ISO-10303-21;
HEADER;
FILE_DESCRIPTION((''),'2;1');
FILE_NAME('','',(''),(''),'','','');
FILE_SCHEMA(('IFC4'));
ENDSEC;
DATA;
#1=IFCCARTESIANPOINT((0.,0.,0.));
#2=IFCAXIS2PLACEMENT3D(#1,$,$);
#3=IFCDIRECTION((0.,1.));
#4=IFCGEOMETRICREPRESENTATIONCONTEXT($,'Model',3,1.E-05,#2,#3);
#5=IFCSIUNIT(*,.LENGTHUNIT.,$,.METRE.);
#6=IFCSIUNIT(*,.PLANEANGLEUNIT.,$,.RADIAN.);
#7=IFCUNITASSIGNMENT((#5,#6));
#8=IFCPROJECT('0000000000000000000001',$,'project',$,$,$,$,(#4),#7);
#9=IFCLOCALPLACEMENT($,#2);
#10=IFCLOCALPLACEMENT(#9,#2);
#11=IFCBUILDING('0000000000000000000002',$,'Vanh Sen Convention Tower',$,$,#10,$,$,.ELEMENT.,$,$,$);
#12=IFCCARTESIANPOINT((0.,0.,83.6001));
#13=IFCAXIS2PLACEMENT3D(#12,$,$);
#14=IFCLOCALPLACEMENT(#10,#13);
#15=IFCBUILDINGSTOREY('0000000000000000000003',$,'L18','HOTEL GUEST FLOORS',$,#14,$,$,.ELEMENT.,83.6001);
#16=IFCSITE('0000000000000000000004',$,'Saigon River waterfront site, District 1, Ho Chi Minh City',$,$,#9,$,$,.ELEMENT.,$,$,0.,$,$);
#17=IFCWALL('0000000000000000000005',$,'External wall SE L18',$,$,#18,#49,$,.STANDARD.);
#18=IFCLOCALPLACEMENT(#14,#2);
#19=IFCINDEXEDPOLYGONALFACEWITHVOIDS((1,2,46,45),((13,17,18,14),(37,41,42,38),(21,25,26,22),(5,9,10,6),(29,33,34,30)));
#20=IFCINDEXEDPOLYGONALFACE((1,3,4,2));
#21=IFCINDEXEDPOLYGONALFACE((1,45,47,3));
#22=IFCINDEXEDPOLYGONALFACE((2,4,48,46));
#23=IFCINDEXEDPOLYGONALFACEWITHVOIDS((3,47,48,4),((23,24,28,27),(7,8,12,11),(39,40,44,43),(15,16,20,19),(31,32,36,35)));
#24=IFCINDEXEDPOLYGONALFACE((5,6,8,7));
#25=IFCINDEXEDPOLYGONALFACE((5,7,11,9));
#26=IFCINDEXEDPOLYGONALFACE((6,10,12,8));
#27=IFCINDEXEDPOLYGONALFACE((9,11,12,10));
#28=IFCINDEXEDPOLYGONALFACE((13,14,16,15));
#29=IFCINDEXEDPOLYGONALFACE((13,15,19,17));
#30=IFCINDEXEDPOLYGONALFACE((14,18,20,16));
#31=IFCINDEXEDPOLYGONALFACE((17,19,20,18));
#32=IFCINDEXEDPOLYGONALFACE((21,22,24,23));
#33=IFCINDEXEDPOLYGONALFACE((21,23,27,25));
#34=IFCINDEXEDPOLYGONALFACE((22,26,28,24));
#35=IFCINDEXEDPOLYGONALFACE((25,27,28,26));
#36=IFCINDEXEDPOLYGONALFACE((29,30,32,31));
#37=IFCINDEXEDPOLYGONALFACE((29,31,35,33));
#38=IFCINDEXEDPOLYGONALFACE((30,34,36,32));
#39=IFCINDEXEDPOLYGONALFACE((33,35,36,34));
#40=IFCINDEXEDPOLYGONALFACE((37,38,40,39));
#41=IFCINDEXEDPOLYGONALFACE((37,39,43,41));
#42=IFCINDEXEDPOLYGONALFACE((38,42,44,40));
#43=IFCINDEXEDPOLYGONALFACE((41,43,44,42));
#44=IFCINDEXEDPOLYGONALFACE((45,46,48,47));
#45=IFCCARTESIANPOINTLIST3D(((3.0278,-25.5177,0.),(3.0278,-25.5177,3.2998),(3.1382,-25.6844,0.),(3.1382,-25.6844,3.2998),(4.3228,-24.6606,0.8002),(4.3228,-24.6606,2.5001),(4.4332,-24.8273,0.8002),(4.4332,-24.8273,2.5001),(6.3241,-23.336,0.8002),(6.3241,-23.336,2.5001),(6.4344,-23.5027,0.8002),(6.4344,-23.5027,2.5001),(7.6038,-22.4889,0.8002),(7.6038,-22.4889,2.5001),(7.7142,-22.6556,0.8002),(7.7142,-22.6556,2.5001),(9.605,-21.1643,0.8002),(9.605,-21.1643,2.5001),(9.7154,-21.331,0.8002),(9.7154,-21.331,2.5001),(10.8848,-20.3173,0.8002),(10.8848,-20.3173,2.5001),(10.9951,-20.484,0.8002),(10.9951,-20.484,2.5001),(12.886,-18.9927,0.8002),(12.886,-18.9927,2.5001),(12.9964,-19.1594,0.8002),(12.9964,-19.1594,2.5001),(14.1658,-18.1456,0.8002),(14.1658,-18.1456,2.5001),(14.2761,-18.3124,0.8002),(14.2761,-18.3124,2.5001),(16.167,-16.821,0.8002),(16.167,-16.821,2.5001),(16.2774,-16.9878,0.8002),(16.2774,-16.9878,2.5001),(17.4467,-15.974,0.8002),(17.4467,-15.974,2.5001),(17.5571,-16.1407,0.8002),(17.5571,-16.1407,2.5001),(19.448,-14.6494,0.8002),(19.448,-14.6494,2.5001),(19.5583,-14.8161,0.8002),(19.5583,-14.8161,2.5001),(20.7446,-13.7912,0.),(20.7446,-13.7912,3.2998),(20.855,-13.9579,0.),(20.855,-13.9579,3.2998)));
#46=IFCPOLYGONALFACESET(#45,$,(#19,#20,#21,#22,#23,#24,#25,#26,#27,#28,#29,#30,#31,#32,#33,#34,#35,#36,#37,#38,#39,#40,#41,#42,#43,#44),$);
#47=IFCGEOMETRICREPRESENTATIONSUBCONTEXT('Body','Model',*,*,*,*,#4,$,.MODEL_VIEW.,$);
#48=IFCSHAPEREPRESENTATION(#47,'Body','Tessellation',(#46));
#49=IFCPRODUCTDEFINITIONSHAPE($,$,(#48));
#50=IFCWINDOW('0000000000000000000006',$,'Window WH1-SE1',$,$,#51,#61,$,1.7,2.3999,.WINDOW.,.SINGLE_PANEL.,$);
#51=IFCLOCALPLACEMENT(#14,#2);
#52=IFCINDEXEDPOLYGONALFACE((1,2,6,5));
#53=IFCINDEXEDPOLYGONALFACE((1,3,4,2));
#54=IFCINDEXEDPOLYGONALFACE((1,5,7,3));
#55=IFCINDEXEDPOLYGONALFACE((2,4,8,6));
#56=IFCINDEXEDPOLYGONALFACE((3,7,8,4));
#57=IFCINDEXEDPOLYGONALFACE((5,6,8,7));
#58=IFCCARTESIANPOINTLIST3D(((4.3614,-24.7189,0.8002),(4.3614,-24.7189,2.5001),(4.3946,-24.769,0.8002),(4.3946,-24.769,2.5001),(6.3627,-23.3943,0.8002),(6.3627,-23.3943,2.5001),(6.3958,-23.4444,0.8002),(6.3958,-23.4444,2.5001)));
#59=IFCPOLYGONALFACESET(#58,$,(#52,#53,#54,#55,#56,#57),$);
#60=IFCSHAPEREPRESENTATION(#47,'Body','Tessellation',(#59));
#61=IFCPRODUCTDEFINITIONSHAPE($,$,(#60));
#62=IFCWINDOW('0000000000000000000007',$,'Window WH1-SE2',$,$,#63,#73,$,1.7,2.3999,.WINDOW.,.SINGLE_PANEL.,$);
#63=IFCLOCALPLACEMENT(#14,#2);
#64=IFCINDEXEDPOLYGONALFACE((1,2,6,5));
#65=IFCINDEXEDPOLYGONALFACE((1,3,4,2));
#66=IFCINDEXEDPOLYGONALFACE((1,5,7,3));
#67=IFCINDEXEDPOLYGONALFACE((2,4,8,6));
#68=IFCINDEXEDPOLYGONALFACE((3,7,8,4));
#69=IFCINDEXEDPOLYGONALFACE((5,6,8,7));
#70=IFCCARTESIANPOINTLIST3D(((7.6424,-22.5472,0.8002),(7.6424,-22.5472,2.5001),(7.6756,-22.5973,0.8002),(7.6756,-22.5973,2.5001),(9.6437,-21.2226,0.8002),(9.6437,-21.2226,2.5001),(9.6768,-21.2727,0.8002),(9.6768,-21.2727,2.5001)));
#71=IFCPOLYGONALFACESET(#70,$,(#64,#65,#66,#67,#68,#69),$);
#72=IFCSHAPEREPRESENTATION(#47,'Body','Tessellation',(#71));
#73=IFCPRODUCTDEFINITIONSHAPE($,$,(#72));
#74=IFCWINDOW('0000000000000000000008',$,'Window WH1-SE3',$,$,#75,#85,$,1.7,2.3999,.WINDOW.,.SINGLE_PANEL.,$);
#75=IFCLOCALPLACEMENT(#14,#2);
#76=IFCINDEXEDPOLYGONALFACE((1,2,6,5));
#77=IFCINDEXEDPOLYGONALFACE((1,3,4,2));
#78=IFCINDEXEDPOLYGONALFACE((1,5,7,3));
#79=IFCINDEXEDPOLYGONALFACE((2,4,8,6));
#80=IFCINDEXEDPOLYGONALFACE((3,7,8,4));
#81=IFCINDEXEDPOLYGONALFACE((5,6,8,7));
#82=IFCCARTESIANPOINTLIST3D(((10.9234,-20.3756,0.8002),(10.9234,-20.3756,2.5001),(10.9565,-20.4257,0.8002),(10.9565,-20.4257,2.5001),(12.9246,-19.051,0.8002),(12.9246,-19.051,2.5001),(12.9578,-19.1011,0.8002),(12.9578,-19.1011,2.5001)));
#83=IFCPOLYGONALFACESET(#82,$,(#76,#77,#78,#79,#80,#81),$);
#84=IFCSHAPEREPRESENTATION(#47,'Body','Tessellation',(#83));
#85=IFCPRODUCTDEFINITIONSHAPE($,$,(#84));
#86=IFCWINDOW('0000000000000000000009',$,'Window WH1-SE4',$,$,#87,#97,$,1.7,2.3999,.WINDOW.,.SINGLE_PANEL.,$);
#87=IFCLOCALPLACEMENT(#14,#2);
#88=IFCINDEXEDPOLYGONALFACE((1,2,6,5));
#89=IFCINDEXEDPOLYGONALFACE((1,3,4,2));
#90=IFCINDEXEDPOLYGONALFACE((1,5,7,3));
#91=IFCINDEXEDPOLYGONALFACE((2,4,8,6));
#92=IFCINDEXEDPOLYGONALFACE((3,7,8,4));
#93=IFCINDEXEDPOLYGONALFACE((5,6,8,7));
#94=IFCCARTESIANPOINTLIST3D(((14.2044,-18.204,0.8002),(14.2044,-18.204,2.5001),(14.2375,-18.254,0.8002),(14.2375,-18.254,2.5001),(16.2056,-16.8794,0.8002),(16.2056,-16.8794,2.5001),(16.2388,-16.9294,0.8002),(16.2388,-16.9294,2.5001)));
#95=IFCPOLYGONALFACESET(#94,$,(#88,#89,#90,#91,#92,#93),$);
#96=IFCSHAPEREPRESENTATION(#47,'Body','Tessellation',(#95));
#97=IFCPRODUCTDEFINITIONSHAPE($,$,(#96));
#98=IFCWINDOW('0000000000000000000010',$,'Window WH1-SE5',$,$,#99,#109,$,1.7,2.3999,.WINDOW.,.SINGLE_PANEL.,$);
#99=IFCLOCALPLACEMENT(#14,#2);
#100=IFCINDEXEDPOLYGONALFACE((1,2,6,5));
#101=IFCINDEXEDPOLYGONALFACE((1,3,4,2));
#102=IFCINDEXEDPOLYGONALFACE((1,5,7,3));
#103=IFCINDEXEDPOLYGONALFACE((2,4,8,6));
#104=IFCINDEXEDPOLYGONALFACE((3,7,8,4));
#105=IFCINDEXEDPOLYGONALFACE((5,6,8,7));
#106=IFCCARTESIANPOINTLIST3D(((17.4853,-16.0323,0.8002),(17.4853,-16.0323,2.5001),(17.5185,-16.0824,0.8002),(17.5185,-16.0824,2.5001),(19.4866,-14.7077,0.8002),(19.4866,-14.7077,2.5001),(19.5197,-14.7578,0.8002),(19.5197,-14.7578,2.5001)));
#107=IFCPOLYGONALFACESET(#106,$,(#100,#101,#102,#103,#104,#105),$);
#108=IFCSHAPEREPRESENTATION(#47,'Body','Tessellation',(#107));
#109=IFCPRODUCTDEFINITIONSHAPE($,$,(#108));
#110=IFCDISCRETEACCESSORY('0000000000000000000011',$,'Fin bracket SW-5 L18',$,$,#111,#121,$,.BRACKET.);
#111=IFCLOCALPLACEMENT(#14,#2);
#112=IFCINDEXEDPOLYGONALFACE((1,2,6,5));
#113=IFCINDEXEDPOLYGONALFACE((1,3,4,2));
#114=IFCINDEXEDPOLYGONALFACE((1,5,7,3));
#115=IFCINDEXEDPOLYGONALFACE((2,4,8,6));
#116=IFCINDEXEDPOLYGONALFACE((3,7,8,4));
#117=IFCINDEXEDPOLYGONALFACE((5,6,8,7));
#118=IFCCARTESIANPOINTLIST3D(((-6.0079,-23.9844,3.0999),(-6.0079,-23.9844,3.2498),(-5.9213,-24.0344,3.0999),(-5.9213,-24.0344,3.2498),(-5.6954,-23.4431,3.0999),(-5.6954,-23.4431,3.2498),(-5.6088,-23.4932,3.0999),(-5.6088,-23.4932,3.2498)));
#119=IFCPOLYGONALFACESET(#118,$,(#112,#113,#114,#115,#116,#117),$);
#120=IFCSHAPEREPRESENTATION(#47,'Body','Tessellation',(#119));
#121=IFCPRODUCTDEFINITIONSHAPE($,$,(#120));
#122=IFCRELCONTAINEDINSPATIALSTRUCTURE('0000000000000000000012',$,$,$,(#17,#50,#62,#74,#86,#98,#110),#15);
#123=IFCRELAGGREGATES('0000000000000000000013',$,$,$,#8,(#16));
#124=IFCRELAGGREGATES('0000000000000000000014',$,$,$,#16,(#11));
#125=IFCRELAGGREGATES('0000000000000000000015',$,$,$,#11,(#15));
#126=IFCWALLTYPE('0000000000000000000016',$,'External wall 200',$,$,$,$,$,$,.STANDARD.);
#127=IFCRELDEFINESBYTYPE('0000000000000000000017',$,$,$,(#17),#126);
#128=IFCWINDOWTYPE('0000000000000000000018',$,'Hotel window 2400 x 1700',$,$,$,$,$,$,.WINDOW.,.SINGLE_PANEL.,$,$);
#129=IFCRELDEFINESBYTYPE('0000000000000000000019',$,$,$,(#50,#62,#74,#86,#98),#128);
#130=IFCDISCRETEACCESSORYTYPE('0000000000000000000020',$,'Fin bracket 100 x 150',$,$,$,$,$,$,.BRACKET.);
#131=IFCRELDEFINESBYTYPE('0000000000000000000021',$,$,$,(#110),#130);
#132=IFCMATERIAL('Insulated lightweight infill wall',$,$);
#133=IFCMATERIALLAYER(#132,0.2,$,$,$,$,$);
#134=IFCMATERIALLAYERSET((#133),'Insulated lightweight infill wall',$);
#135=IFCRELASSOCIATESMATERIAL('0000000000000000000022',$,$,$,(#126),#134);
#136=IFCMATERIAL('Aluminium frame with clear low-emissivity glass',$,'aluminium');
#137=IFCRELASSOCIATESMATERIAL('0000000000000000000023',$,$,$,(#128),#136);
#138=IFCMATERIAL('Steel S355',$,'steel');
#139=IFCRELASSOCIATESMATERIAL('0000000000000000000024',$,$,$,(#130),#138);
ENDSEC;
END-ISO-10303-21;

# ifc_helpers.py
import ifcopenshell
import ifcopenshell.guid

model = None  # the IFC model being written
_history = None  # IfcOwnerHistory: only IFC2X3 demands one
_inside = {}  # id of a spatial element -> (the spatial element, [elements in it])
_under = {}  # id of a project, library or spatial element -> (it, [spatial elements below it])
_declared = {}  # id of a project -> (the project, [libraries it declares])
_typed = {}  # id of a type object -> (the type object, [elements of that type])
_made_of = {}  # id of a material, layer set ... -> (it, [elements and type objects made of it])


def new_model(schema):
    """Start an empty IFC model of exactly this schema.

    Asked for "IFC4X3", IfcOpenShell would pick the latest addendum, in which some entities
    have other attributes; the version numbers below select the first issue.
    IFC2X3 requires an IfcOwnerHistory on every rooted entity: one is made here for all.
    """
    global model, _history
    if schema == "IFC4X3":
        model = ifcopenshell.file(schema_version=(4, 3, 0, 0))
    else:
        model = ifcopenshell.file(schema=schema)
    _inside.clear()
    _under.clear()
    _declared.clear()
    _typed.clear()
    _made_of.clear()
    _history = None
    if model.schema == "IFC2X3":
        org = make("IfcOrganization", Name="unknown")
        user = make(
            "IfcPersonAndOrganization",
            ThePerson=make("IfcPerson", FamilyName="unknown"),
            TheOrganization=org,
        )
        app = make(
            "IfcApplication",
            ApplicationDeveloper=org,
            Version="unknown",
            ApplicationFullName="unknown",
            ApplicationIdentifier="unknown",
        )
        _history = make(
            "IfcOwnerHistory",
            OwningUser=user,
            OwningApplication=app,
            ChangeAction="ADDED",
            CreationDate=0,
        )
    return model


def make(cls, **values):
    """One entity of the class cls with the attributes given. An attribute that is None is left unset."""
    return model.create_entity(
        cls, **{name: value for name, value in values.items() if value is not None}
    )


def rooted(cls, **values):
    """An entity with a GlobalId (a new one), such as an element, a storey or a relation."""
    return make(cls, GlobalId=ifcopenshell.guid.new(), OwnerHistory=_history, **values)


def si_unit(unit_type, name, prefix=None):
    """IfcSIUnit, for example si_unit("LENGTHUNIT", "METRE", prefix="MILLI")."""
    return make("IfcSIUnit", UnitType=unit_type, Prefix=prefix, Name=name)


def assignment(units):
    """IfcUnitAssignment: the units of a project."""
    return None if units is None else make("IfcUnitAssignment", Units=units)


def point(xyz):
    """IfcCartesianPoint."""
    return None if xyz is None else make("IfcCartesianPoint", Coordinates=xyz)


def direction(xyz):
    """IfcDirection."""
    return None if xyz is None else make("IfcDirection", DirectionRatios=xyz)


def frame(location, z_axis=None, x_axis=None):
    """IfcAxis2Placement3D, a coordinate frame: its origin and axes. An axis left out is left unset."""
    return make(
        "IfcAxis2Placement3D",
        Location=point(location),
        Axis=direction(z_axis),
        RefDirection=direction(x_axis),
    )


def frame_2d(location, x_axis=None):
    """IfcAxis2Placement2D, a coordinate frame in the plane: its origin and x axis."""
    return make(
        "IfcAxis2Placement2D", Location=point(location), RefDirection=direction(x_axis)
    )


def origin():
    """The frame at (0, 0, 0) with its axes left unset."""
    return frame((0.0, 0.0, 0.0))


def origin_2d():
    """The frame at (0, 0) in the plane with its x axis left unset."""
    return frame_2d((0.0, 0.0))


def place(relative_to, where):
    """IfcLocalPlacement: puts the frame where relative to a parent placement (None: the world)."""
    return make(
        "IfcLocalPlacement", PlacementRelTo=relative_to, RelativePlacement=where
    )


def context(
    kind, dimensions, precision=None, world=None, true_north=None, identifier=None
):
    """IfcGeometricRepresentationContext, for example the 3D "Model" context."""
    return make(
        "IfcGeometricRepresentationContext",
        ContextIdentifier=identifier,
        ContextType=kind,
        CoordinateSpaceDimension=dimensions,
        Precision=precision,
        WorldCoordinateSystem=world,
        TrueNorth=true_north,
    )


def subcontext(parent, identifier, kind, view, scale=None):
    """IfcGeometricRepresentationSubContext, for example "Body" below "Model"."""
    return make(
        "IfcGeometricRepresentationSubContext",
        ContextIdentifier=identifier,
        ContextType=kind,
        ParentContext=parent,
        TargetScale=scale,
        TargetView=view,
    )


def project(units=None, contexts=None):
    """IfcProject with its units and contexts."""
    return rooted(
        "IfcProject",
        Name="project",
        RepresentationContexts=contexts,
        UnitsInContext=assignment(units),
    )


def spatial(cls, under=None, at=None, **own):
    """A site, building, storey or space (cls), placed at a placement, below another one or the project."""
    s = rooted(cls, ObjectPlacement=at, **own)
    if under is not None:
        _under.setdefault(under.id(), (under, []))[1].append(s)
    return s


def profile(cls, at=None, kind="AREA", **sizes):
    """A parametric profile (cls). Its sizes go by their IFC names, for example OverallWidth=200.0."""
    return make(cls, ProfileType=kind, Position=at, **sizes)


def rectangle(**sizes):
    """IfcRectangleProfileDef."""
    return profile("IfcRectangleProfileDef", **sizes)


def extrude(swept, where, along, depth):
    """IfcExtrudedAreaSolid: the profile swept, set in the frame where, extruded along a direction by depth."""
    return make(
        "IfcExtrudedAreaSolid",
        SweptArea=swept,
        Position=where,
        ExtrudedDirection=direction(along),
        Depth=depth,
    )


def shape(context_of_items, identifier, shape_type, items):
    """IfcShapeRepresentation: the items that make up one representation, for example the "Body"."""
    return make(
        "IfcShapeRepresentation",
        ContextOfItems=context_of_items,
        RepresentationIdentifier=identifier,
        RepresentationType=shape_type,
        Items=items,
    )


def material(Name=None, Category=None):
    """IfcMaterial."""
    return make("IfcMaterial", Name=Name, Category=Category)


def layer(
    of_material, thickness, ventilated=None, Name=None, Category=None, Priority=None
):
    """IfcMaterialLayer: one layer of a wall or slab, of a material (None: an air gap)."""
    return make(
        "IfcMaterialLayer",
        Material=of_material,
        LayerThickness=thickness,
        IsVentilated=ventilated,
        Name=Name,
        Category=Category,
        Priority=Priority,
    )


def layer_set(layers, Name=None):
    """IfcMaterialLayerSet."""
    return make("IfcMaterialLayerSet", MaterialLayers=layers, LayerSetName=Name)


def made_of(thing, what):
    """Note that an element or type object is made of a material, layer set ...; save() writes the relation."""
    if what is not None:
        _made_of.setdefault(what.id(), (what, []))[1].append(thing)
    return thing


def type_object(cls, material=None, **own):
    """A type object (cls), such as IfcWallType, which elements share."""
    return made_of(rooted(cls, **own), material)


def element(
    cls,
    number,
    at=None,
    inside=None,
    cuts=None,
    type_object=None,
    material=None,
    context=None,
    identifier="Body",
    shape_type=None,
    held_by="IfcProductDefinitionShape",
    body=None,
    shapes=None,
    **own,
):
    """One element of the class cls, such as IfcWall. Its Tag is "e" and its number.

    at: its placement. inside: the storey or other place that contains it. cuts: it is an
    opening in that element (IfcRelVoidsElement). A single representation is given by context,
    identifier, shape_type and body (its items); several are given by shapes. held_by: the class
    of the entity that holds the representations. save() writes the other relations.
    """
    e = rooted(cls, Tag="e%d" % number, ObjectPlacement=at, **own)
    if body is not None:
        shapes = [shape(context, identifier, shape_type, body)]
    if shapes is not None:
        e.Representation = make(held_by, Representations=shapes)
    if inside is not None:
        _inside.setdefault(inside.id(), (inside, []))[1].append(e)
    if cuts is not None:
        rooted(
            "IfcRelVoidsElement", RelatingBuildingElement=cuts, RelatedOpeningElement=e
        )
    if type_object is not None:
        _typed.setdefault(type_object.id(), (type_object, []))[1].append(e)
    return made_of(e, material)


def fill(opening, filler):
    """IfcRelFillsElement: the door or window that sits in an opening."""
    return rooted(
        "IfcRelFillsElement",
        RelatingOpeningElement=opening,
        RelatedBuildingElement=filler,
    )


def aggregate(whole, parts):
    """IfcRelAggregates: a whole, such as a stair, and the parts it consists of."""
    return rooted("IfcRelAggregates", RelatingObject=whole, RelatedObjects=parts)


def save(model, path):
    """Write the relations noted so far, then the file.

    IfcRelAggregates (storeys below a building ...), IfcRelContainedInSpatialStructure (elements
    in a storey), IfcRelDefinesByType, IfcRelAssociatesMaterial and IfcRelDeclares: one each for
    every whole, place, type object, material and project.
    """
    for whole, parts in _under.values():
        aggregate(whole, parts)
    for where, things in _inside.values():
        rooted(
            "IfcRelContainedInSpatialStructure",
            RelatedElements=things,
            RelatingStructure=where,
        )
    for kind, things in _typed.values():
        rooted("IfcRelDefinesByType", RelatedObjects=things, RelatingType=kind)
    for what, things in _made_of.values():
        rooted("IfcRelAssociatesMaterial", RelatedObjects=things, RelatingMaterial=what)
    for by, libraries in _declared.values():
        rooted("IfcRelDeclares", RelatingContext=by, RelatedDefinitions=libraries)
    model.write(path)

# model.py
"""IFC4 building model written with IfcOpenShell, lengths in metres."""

from ifc_helpers import new_model, si_unit, direction, frame, frame_2d, origin, origin_2d, place, context, subcontext, project, spatial, rectangle, extrude, material, layer, layer_set, type_object, element, fill, save


model = new_model("IFC4")

# Units and contexts
model_context = context("Model", 3, precision=1e-05, world=origin(), true_north=direction((0.0, 1.0)))
body_context = subcontext(model_context, "Body", "Model", "MODEL_VIEW")
ifc_project = project(units=[si_unit("LENGTHUNIT", "METRE"), si_unit("PLANEANGLEUNIT", "RADIAN")], contexts=[model_context])

# Site, building, storey
site_placement = place(None, origin())
site = spatial("IfcSite", under=ifc_project, at=site_placement, Name="Saigon River waterfront site, District 1, Ho Chi Minh City", CompositionType="ELEMENT", RefElevation=0.0)
building_placement = place(site_placement, origin())
building = spatial("IfcBuilding", under=site, at=building_placement, Name="Vanh Sen Convention Tower", CompositionType="ELEMENT")
storey_placement = place(building_placement, frame((0.0, 0.0, 83.6001)))
storey = spatial("IfcBuildingStorey", under=building, at=storey_placement, Name="L18", Description="HOTEL GUEST FLOORS", CompositionType="ELEMENT", Elevation=83.6001)

# Shared definitions
ifc_material_1 = material(Name="Insulated lightweight infill wall")
ifc_layer_1 = layer(ifc_material_1, 0.2)
ifc_layer_set_1 = layer_set([ifc_layer_1], Name="Insulated lightweight infill wall")
wall_type = type_object("IfcWallType", Name="External wall 200", PredefinedType="STANDARD", material=ifc_layer_set_1)
ifc_material_2 = material(Name="Aluminium frame with clear low-emissivity glass", Category="aluminium")

# Wall, openings, windows
wall_1_placement = place(storey_placement, frame((3.083, -25.6011, 0.0), z_axis=(0.0, 0.0, 1.0), x_axis=(0.833884, 0.551939, 0.0)))
wall_1 = element("IfcWall", 1, at=wall_1_placement, inside=storey, type_object=wall_type, Name="External wall SE L18", PredefinedType="STANDARD", context=body_context, shape_type="SweptSolid", body=[
    extrude(rectangle(XDim=21.2461, YDim=0.2, at=frame_2d((10.623, 0.0))), origin(), (0.0, 0.0, 1.0), 3.2998),
])
opening_1_placement = place(wall_1_placement, frame((1.553, 0.0, 0.8)))
opening_1 = element("IfcOpeningElement", 2, at=opening_1_placement, cuts=wall_1, PredefinedType="OPENING", context=body_context, shape_type="SweptSolid", body=[
    extrude(rectangle(XDim=2.3999, YDim=1.7, at=frame_2d((1.2, 0.8501))), frame((0.0, 0.1099, 0.0), z_axis=(0.0, -1.0, 0.0), x_axis=(1.0, 0.0, 0.0)), (0.0, 0.0, 1.0), 0.22),
])
opening_2_placement = place(wall_1_placement, frame((5.4875, 0.0, 0.8)))
opening_2 = element("IfcOpeningElement", 3, at=opening_2_placement, cuts=wall_1, PredefinedType="OPENING", context=body_context, shape_type="SweptSolid", body=[
    extrude(rectangle(XDim=2.3999, YDim=1.7, at=frame_2d((1.2, 0.8501))), frame((0.0, 0.1099, 0.0), z_axis=(0.0, -1.0, 0.0), x_axis=(1.0, 0.0, 0.0)), (0.0, 0.0, 1.0), 0.22),
])
opening_3_placement = place(wall_1_placement, frame((9.4221, 0.0, 0.8)))
opening_3 = element("IfcOpeningElement", 4, at=opening_3_placement, cuts=wall_1, PredefinedType="OPENING", context=body_context, shape_type="SweptSolid", body=[
    extrude(rectangle(XDim=2.3999, YDim=1.7, at=frame_2d((1.2, 0.8501))), frame((0.0, 0.1099, 0.0), z_axis=(0.0, -1.0, 0.0), x_axis=(1.0, 0.0, 0.0)), (0.0, 0.0, 1.0), 0.22),
])
opening_4_placement = place(wall_1_placement, frame((13.3567, 0.0, 0.8)))
opening_4 = element("IfcOpeningElement", 5, at=opening_4_placement, cuts=wall_1, PredefinedType="OPENING", context=body_context, shape_type="SweptSolid", body=[
    extrude(rectangle(XDim=2.3999, YDim=1.7, at=frame_2d((1.2, 0.8501))), frame((0.0, 0.1099, 0.0), z_axis=(0.0, -1.0, 0.0), x_axis=(1.0, 0.0, 0.0)), (0.0, 0.0, 1.0), 0.22),
])
opening_5_placement = place(wall_1_placement, frame((17.2913, 0.0, 0.8)))
opening_5 = element("IfcOpeningElement", 6, at=opening_5_placement, cuts=wall_1, PredefinedType="OPENING", context=body_context, shape_type="SweptSolid", body=[
    extrude(rectangle(XDim=2.3999, YDim=1.7, at=frame_2d((1.2, 0.8501))), frame((0.0, 0.1099, 0.0), z_axis=(0.0, -1.0, 0.0), x_axis=(1.0, 0.0, 0.0)), (0.0, 0.0, 1.0), 0.22),
])
window_type_1 = type_object("IfcWindowType", Name="Hotel window 2400 x 1700", PartitioningType="SINGLE_PANEL", PredefinedType="WINDOW", material=ifc_material_2)
window_1_placement = place(opening_1_placement, origin())
window_1 = element("IfcWindow", 7, at=window_1_placement, inside=storey, type_object=window_type_1, Name="Window WH1-SE1", OverallHeight=1.7, OverallWidth=2.3999, PartitioningType="SINGLE_PANEL", PredefinedType="WINDOW", context=body_context, shape_type="SweptSolid", body=[
    extrude(rectangle(XDim=2.3999, YDim=1.7, at=frame_2d((1.2, 0.8501))), frame((0.0, 0.03, 0.0), z_axis=(0.0, -1.0, 0.0), x_axis=(1.0, 0.0, 0.0)), (0.0, 0.0, 1.0), 0.0601),
])
fill(opening_1, window_1)
window_2_placement = place(opening_2_placement, origin())
window_2 = element("IfcWindow", 8, at=window_2_placement, inside=storey, type_object=window_type_1, Name="Window WH1-SE2", OverallHeight=1.7, OverallWidth=2.3999, PartitioningType="SINGLE_PANEL", PredefinedType="WINDOW", context=body_context, shape_type="SweptSolid", body=[
    extrude(rectangle(XDim=2.3999, YDim=1.7, at=frame_2d((1.2, 0.8501))), frame((0.0, 0.03, 0.0), z_axis=(0.0, -1.0, 0.0), x_axis=(1.0, 0.0, 0.0)), (0.0, 0.0, 1.0), 0.0601),
])
fill(opening_2, window_2)
window_3_placement = place(opening_3_placement, origin())
window_3 = element("IfcWindow", 9, at=window_3_placement, inside=storey, type_object=window_type_1, Name="Window WH1-SE3", OverallHeight=1.7, OverallWidth=2.3999, PartitioningType="SINGLE_PANEL", PredefinedType="WINDOW", context=body_context, shape_type="SweptSolid", body=[
    extrude(rectangle(XDim=2.3999, YDim=1.7, at=frame_2d((1.2, 0.8501))), frame((0.0, 0.03, 0.0), z_axis=(0.0, -1.0, 0.0), x_axis=(1.0, 0.0, 0.0)), (0.0, 0.0, 1.0), 0.0601),
])
fill(opening_3, window_3)
window_4_placement = place(opening_4_placement, origin())
window_4 = element("IfcWindow", 10, at=window_4_placement, inside=storey, type_object=window_type_1, Name="Window WH1-SE4", OverallHeight=1.7, OverallWidth=2.3999, PartitioningType="SINGLE_PANEL", PredefinedType="WINDOW", context=body_context, shape_type="SweptSolid", body=[
    extrude(rectangle(XDim=2.3999, YDim=1.7, at=frame_2d((1.2, 0.8501))), frame((0.0, 0.03, 0.0), z_axis=(0.0, -1.0, 0.0), x_axis=(1.0, 0.0, 0.0)), (0.0, 0.0, 1.0), 0.0601),
])
fill(opening_4, window_4)
window_5_placement = place(opening_5_placement, origin())
window_5 = element("IfcWindow", 11, at=window_5_placement, inside=storey, type_object=window_type_1, Name="Window WH1-SE5", OverallHeight=1.7, OverallWidth=2.3999, PartitioningType="SINGLE_PANEL", PredefinedType="WINDOW", context=body_context, shape_type="SweptSolid", body=[
    extrude(rectangle(XDim=2.3999, YDim=1.7, at=frame_2d((1.2, 0.8501))), frame((0.0, 0.03, 0.0), z_axis=(0.0, -1.0, 0.0), x_axis=(1.0, 0.0, 0.0)), (0.0, 0.0, 1.0), 0.0601),
])
fill(opening_5, window_5)

# Discrete accessory
ifc_material_3 = material(Name="Steel S355", Category="steel")
discrete_accessory_type = type_object("IfcDiscreteAccessoryType", Name="Fin bracket 100 x 150", PredefinedType="BRACKET", material=ifc_material_3)
discrete_accessory_placement = place(storey_placement, frame((-5.8083, -23.7388, 3.0999), z_axis=(0.0, 0.0, 1.0), x_axis=(-0.5, -0.866025, 0.0)))
element("IfcDiscreteAccessory", 12, at=discrete_accessory_placement, inside=storey, type_object=discrete_accessory_type, Name="Fin bracket SW-5 L18", PredefinedType="BRACKET", context=body_context, shape_type="SweptSolid", body=[
    extrude(rectangle(XDim=0.625, YDim=0.1001, at=origin_2d()), origin(), (0.0, 0.0, 1.0), 0.1499),
])

save(model, "model.ifc")
